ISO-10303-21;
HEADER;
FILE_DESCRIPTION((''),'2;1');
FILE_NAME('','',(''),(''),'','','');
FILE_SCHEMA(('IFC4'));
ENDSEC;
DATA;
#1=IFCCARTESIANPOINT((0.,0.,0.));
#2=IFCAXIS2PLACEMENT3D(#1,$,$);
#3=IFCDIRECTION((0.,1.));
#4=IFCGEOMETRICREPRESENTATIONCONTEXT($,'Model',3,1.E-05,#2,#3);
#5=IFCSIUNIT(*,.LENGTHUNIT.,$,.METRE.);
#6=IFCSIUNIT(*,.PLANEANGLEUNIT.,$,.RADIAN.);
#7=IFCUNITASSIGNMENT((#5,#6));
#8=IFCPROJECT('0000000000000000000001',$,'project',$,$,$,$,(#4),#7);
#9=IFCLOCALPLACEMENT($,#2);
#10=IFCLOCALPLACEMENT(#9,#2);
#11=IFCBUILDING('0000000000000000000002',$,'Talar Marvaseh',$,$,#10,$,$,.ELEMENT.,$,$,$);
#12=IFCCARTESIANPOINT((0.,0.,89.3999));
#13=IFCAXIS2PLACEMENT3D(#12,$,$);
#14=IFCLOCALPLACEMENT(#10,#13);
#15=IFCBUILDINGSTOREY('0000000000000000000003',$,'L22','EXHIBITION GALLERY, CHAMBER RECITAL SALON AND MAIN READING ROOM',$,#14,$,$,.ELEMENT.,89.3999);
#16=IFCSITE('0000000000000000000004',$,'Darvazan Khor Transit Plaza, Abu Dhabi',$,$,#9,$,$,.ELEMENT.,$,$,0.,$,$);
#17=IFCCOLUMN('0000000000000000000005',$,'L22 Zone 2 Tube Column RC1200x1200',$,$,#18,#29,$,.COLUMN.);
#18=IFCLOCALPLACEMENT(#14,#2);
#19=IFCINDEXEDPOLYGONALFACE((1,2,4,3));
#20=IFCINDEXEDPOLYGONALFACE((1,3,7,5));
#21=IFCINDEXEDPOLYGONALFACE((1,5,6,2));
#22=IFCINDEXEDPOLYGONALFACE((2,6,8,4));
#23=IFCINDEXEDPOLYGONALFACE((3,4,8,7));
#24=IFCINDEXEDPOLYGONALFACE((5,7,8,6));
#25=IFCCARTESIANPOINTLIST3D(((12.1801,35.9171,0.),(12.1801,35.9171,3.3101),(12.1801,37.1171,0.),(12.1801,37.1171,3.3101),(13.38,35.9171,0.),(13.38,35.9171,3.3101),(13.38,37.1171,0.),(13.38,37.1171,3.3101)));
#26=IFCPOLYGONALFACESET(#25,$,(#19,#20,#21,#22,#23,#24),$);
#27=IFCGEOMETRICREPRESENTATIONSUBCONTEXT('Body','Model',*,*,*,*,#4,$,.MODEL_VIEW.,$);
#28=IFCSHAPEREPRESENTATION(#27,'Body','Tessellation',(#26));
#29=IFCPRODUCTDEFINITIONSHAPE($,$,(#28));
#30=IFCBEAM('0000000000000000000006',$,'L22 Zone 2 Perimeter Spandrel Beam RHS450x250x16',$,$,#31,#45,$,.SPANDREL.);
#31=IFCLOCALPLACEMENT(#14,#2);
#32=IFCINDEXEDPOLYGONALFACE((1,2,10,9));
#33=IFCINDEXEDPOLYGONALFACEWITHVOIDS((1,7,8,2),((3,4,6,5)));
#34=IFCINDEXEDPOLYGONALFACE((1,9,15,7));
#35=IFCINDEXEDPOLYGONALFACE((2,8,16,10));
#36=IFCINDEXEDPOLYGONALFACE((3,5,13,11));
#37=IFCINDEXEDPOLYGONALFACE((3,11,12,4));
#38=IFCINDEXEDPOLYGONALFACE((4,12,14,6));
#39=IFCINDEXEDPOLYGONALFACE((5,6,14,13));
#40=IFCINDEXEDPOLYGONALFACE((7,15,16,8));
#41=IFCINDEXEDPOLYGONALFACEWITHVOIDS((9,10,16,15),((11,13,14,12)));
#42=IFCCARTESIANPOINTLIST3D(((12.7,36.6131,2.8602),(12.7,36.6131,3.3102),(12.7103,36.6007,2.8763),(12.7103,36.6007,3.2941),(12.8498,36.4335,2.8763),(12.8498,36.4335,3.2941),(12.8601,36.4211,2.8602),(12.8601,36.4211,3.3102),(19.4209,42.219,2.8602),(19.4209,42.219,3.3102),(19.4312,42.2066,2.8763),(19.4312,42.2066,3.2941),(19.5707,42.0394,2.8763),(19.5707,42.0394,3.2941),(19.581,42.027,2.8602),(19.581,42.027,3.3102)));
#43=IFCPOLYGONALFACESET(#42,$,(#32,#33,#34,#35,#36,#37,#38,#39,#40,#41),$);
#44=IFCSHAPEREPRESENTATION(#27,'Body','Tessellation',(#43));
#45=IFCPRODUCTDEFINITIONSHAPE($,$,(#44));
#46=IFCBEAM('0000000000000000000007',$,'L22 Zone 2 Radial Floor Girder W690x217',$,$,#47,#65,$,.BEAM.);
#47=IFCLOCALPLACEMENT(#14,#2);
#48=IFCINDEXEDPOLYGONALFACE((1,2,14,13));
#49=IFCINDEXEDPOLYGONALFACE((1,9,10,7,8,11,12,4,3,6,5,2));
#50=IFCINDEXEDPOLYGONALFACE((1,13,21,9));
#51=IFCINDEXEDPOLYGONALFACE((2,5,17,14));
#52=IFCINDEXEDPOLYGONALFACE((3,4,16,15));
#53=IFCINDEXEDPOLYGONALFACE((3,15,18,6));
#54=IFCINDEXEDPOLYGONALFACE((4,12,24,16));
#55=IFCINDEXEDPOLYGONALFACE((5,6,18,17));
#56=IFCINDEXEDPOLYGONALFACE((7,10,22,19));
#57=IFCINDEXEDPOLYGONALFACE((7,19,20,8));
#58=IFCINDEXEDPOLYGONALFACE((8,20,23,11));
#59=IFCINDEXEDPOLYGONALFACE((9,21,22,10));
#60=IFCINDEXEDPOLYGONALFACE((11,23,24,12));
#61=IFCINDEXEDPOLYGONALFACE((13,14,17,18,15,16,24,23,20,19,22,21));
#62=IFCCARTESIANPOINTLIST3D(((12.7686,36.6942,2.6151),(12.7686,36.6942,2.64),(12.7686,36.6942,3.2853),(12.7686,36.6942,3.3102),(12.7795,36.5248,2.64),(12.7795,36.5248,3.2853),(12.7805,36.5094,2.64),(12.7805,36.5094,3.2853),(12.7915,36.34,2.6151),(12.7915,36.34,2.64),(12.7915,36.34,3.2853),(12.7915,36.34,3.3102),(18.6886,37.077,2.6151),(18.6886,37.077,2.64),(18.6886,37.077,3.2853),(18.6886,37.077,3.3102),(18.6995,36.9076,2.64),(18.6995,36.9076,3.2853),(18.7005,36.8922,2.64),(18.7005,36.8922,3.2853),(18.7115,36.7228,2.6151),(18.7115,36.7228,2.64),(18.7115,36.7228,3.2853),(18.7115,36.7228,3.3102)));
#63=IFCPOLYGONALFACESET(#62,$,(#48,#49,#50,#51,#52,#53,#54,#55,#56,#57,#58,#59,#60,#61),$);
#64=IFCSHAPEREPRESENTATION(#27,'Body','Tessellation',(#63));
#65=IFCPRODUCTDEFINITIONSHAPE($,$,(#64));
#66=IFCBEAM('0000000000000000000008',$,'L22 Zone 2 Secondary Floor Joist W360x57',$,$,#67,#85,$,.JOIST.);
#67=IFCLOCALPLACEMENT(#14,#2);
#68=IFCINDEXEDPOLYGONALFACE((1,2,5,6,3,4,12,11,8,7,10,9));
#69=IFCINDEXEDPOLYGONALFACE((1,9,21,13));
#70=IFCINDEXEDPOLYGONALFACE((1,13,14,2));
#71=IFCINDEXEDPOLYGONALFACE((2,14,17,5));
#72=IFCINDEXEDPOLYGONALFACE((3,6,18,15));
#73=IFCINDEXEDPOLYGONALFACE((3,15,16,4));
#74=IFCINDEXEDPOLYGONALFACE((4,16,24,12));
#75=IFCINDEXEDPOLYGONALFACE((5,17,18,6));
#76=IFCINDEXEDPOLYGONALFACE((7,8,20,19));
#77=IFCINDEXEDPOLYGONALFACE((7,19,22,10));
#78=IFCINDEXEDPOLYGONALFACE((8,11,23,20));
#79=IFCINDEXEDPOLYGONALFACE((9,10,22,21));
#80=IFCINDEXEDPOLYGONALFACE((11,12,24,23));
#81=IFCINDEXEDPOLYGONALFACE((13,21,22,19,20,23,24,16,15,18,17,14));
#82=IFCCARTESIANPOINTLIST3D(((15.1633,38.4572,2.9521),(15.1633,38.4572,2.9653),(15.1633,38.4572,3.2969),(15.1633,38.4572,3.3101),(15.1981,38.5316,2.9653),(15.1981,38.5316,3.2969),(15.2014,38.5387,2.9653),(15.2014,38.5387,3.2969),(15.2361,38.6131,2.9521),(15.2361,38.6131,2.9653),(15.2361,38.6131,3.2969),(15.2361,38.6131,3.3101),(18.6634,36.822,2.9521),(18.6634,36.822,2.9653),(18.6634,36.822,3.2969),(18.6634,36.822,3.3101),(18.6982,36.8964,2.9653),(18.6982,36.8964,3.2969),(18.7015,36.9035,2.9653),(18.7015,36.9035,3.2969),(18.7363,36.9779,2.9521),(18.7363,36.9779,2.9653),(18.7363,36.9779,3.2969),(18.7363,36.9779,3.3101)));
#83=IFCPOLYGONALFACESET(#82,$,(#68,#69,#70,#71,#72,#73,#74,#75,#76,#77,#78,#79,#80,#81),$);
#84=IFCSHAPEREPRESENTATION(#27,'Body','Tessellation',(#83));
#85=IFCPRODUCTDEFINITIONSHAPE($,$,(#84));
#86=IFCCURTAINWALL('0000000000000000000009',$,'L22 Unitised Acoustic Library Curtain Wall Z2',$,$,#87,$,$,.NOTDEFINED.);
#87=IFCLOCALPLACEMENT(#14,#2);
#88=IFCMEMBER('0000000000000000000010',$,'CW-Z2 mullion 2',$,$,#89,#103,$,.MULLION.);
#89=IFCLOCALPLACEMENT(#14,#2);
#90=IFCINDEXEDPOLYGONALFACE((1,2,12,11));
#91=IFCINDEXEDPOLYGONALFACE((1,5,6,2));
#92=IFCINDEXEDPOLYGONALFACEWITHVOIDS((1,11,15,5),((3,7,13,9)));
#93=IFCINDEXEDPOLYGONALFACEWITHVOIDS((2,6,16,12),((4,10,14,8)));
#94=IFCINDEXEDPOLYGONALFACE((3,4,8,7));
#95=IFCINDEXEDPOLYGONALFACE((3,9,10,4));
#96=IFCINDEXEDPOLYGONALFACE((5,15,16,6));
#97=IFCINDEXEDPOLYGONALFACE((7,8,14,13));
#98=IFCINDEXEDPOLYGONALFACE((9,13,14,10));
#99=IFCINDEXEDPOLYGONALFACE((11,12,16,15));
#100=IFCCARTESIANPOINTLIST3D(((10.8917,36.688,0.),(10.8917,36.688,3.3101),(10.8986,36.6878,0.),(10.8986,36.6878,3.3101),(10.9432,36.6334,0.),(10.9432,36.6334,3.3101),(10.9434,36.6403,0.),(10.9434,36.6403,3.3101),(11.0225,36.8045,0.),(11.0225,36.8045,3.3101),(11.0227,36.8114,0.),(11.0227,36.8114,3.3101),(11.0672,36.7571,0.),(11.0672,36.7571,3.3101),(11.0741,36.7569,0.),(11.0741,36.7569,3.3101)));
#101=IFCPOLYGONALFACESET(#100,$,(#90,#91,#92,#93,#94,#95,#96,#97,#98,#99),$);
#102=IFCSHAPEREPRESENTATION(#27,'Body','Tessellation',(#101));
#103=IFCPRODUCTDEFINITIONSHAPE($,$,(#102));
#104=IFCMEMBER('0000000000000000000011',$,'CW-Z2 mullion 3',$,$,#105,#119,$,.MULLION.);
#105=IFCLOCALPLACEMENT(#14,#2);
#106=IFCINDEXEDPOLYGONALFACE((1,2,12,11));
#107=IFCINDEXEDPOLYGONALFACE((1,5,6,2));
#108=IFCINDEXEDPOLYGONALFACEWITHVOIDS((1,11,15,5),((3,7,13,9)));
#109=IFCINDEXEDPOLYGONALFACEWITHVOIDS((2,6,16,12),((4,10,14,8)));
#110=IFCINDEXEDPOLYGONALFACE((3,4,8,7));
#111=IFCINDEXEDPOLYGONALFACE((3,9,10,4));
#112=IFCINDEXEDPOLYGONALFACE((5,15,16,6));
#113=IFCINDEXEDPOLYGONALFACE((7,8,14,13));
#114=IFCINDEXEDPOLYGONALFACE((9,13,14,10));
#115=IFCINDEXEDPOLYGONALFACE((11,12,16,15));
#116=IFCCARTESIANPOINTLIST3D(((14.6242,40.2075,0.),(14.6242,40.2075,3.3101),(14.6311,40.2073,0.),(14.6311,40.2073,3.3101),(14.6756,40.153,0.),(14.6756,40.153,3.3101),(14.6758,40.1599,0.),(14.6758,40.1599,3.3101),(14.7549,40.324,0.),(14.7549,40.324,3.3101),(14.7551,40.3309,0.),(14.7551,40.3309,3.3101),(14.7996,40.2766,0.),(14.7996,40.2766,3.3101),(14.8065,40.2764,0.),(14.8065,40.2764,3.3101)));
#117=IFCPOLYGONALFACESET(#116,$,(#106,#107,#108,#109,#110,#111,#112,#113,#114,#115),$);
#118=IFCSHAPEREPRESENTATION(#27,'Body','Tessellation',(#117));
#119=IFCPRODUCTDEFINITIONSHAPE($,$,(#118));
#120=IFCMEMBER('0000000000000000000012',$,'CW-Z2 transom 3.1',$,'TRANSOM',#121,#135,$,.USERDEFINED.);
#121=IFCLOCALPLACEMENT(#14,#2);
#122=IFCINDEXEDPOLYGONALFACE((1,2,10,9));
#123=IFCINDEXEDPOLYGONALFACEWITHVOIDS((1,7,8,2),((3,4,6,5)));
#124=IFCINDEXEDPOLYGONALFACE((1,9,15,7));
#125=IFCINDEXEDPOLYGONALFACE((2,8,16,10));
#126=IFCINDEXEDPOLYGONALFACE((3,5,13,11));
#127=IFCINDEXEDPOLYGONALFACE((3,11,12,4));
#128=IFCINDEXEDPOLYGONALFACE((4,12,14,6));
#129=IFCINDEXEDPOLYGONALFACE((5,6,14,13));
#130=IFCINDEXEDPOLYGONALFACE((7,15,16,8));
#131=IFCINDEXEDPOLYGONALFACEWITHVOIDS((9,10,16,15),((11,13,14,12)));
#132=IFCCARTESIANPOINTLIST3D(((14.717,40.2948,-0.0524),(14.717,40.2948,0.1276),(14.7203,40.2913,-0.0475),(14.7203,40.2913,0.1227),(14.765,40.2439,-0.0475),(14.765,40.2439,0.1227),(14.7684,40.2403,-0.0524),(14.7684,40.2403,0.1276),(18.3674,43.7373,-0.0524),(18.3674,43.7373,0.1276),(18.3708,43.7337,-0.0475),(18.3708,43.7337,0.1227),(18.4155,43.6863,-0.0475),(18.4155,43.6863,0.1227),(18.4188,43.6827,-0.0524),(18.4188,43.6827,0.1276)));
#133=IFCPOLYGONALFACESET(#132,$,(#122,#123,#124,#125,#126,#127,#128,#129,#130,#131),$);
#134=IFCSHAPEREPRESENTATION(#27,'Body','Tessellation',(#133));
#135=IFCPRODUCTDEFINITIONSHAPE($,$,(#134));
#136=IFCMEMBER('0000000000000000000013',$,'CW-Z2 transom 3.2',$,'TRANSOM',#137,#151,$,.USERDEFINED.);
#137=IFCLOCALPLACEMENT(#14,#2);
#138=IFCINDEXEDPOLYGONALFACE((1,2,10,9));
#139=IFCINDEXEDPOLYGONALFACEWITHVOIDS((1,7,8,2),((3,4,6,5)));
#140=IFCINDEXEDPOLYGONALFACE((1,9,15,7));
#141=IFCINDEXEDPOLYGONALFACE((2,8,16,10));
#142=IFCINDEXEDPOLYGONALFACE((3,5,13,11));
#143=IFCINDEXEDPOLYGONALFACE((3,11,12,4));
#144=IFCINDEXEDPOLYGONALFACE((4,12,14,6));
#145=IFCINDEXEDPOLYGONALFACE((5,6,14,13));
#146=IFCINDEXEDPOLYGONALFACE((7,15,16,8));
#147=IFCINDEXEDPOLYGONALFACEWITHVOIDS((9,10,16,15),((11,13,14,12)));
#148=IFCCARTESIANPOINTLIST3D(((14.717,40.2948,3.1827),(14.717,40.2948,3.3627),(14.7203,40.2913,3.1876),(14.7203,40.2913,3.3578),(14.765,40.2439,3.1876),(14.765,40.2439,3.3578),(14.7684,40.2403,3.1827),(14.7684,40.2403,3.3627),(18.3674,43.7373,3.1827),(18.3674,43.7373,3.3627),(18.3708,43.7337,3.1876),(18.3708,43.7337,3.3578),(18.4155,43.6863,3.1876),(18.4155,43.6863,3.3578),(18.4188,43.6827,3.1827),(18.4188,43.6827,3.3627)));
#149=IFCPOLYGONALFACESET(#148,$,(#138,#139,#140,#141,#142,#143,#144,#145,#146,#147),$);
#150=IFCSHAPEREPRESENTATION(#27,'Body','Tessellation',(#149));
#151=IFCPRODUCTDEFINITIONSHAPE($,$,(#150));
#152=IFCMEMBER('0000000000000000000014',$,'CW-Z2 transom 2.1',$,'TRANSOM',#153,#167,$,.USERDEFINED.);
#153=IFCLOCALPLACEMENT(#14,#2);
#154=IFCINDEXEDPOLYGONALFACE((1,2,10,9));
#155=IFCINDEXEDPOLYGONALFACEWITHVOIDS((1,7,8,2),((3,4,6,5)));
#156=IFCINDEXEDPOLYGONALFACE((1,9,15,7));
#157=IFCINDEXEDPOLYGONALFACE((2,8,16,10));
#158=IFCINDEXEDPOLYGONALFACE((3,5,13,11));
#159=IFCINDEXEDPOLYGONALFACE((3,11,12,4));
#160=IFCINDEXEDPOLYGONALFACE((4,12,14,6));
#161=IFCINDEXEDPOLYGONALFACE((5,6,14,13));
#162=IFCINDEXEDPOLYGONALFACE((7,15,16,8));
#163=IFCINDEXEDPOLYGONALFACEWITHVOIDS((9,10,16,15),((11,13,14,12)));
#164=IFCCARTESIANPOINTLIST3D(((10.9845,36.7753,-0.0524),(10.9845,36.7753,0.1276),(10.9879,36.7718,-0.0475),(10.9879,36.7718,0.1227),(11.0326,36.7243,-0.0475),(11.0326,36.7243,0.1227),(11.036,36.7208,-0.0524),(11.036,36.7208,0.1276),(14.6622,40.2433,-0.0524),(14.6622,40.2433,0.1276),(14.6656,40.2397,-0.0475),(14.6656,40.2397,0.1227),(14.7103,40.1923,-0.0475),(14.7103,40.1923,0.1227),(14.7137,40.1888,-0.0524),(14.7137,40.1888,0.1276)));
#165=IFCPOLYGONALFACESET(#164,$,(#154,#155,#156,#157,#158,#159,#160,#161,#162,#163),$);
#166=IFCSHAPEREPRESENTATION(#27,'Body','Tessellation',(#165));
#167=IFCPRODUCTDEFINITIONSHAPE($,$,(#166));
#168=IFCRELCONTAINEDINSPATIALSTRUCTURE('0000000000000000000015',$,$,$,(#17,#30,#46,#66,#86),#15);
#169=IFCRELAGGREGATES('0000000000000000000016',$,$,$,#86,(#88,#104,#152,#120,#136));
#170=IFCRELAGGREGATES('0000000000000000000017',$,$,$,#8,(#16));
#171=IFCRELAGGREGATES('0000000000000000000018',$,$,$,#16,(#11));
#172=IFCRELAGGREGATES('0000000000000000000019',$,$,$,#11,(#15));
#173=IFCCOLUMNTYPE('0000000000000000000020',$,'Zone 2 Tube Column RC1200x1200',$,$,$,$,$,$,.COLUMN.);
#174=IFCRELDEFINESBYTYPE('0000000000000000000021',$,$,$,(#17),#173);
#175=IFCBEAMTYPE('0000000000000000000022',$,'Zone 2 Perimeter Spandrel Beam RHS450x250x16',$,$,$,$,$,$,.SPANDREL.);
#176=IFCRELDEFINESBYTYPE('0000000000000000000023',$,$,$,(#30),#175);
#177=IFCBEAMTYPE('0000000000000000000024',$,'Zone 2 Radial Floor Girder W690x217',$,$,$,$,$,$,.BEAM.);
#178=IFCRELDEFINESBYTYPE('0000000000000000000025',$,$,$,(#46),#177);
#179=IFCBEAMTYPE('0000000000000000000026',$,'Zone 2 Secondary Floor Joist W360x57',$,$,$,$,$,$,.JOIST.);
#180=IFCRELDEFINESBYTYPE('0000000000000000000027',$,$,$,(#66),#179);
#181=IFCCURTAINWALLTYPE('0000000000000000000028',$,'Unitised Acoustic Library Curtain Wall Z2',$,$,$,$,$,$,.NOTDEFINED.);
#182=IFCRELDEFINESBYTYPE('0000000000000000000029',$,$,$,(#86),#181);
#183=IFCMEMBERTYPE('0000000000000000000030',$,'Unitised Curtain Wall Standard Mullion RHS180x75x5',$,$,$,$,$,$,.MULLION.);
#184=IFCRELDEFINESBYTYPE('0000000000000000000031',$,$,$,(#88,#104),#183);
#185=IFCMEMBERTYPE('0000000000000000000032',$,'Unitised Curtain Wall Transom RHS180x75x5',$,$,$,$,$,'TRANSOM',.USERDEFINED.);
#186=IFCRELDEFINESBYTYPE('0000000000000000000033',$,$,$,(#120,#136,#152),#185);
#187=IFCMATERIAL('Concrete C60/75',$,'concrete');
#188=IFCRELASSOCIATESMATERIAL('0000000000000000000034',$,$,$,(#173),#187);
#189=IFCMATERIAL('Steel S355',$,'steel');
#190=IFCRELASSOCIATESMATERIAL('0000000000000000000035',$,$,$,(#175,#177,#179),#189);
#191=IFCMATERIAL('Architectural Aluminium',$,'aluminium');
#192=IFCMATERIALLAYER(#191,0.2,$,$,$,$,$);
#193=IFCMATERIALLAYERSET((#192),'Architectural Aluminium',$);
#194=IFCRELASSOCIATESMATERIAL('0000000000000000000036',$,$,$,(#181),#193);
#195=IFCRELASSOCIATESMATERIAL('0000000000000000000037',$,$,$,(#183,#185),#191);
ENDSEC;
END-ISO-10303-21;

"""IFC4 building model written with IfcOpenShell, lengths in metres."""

from ifc_helpers import new_model, si_unit, direction, frame, origin, origin_2d, place, context, subcontext, project, spatial, rectangle, hollow_rectangle, i_section, extrude, source, transform, mapped, material, layer, layer_set, material_profile, profile_set, type_object, type_shapes, element, aggregate, save


model = new_model("IFC4")

# Units and contexts
model_context = context("Model", 3, precision=1e-05, world=origin(), true_north=direction((0.0, 1.0)))
body_context = subcontext(model_context, "Body", "Model", "MODEL_VIEW")
ifc_project = project(units=[si_unit("LENGTHUNIT", "METRE"), si_unit("PLANEANGLEUNIT", "RADIAN")], contexts=[model_context])

# Site, building, storey
site_placement = place(None, origin())
site = spatial("IfcSite", under=ifc_project, at=site_placement, Name="Darvazan Khor Transit Plaza, Abu Dhabi", CompositionType="ELEMENT", RefElevation=0.0)
building_placement = place(site_placement, origin())
building = spatial("IfcBuilding", under=site, at=building_placement, Name="Talar Marvaseh", CompositionType="ELEMENT")
storey_placement = place(building_placement, frame((0.0, 0.0, 89.3999)))
storey = spatial("IfcBuildingStorey", under=building, at=storey_placement, Name="L22", Description="EXHIBITION GALLERY, CHAMBER RECITAL SALON AND MAIN READING ROOM", CompositionType="ELEMENT", Elevation=89.3999)

# Column
ifc_material_1 = material(Name="Concrete C60/75", Category="concrete")
ifc_material_profile_1 = material_profile(ifc_material_1, rectangle(XDim=1.2, YDim=1.2, at=origin_2d()), Name="RC1200x1200")
ifc_profile_set_1 = profile_set([ifc_material_profile_1], Name="Concrete C60/75")
column_type = type_object("IfcColumnType", Name="Zone 2 Tube Column RC1200x1200", PredefinedType="COLUMN", material=ifc_profile_set_1)
column_placement = place(storey_placement, frame((12.78, 36.5171, 0.0), z_axis=(0.0, 0.0, 1.0), x_axis=(1.0, 0.0, 0.0)))
element("IfcColumn", 1, at=column_placement, inside=storey, type_object=column_type, Name="L22 Zone 2 Tube Column RC1200x1200", PredefinedType="COLUMN", context=body_context, shape_type="SweptSolid", body=[
    extrude(rectangle(XDim=1.2, YDim=1.2, at=origin_2d()), origin(), (0.0, 0.0, 1.0), 3.3101),
])

# Beams
ifc_material_2 = material(Name="Steel S355", Category="steel")
ifc_material_profile_2 = material_profile(ifc_material_2, hollow_rectangle(XDim=0.25, YDim=0.45, WallThickness=0.0161, at=origin_2d()), Name="RHS450x250x16")
ifc_profile_set_2 = profile_set([ifc_material_profile_2], Name="Steel S355")
beam_type_1 = type_object("IfcBeamType", Name="Zone 2 Perimeter Spandrel Beam RHS450x250x16", PredefinedType="SPANDREL", material=ifc_profile_set_2)
beam_1_placement = place(storey_placement, frame((12.78, 36.5171, 3.0852), z_axis=(0.767931, 0.640533, 0.0), x_axis=(-0.640533, 0.767931, 0.0)))
element("IfcBeam", 2, at=beam_1_placement, inside=storey, type_object=beam_type_1, Name="L22 Zone 2 Perimeter Spandrel Beam RHS450x250x16", PredefinedType="SPANDREL", context=body_context, shape_type="SweptSolid", body=[
    extrude(hollow_rectangle(XDim=0.25, YDim=0.45, WallThickness=0.0161, at=origin_2d()), origin(), (0.0, 0.0, 1.0), 8.752),
])
ifc_material_profile_3 = material_profile(ifc_material_2, i_section(OverallWidth=0.355, OverallDepth=0.6951, WebThickness=0.0154, FlangeThickness=0.0249, at=origin_2d()), Name="W690x217")
ifc_profile_set_3 = profile_set([ifc_material_profile_3], Name="Steel S355")
beam_type_2 = type_object("IfcBeamType", Name="Zone 2 Radial Floor Girder W690x217", PredefinedType="BEAM", material=ifc_profile_set_3)
beam_2_placement = place(storey_placement, frame((12.78, 36.5171, 2.9626), z_axis=(0.997916, 0.06453, 0.0), x_axis=(-0.06453, 0.997916, 0.0)))
element("IfcBeam", 3, at=beam_2_placement, inside=storey, type_object=beam_type_2, Name="L22 Zone 2 Radial Floor Girder W690x217", PredefinedType="BEAM", context=body_context, shape_type="SweptSolid", body=[
    extrude(i_section(OverallWidth=0.355, OverallDepth=0.6951, WebThickness=0.0154, FlangeThickness=0.0249, at=origin_2d()), origin(), (0.0, 0.0, 1.0), 5.9324),
])
ifc_material_profile_4 = material_profile(ifc_material_2, i_section(OverallWidth=0.1721, OverallDepth=0.3579, WebThickness=0.0078, FlangeThickness=0.0132, at=origin_2d()), Name="W360x57")
ifc_profile_set_4 = profile_set([ifc_material_profile_4], Name="Steel S355")
beam_type_3 = type_object("IfcBeamType", Name="Zone 2 Secondary Floor Joist W360x57", PredefinedType="JOIST", material=ifc_profile_set_4)
beam_3_placement = place(storey_placement, frame((15.1997, 38.5352, 3.1311), z_axis=(0.906004, -0.423269, 0.0), x_axis=(0.423269, 0.906004, 0.0)))
element("IfcBeam", 4, at=beam_3_placement, inside=storey, type_object=beam_type_3, Name="L22 Zone 2 Secondary Floor Joist W360x57", PredefinedType="JOIST", context=body_context, shape_type="SweptSolid", body=[
    extrude(i_section(OverallWidth=0.1721, OverallDepth=0.3579, WebThickness=0.0078, FlangeThickness=0.0132, at=origin_2d()), origin(), (0.0, 0.0, 1.0), 3.8633),
])

# Curtain wall, members
ifc_material_3 = material(Name="Architectural Aluminium", Category="aluminium")
ifc_layer_1 = layer(ifc_material_3, 0.2)
ifc_layer_set_1 = layer_set([ifc_layer_1], Name="Architectural Aluminium")
curtain_wall_type = type_object("IfcCurtainWallType", Name="Unitised Acoustic Library Curtain Wall Z2", PredefinedType="NOTDEFINED", material=ifc_layer_set_1)
curtain_wall_placement = place(storey_placement, origin())
curtain_wall = element("IfcCurtainWall", 5, at=curtain_wall_placement, inside=storey, type_object=curtain_wall_type, Name="L22 Unitised Acoustic Library Curtain Wall Z2", PredefinedType="NOTDEFINED")
ifc_material_profile_5 = material_profile(ifc_material_3, hollow_rectangle(XDim=0.075, YDim=0.1799, WallThickness=0.0049, at=origin_2d()), Name="RHS180x75x5")
ifc_profile_set_5 = profile_set([ifc_material_profile_5], Name="Architectural Aluminium")
member_type_1 = type_object("IfcMemberType", Name="Unitised Curtain Wall Standard Mullion RHS180x75x5", PredefinedType="MULLION", material=ifc_profile_set_5)
shared_shape_1 = source(origin(), body_context, "Body", "SweptSolid", [
    extrude(hollow_rectangle(XDim=0.075, YDim=0.1799, WallThickness=0.0049, at=origin_2d()), origin(), (0.0, 0.0, 1.0), 3.3101),
])
type_shapes(member_type_1, [shared_shape_1])
member_1_placement = place(storey_placement, frame((10.9829, 36.7224, 0.0), z_axis=(0.0, 0.0, 1.0), x_axis=(-0.686045, 0.727559, 0.0)))
member_1 = element("IfcMember", 6, at=member_1_placement, type_object=member_type_1, Name="CW-Z2 mullion 2", PredefinedType="MULLION", context=body_context, shape_type="MappedRepresentation", body=[
    mapped(shared_shape_1, transform((0.0, 0.0, 0.0), x_axis=(1.0, 0.0, 0.0), y_axis=(0.0, 1.0, 0.0), z_axis=(0.0, 0.0, 1.0), scale=1.0)),
])
member_2_placement = place(storey_placement, frame((14.7153, 40.2419, 0.0), z_axis=(0.0, 0.0, 1.0), x_axis=(-0.686045, 0.727559, 0.0)))
member_2 = element("IfcMember", 7, at=member_2_placement, type_object=member_type_1, Name="CW-Z2 mullion 3", PredefinedType="MULLION", context=body_context, shape_type="MappedRepresentation", body=[
    mapped(shared_shape_1, transform((0.0, 0.0, 0.0), x_axis=(1.0, 0.0, 0.0), y_axis=(0.0, 1.0, 0.0), z_axis=(0.0, 0.0, 1.0), scale=1.0)),
])
ifc_material_profile_6 = material_profile(ifc_material_3, hollow_rectangle(XDim=0.075, YDim=0.1799, WallThickness=0.0049, at=origin_2d()), Name="RHS180x75x5")
ifc_profile_set_6 = profile_set([ifc_material_profile_6], Name="Architectural Aluminium")
member_type_2 = type_object("IfcMemberType", Name="Unitised Curtain Wall Transom RHS180x75x5", ElementType="TRANSOM", PredefinedType="USERDEFINED", material=ifc_profile_set_6)
shared_shape_2 = source(origin(), body_context, "Body", "SweptSolid", [
    extrude(hollow_rectangle(XDim=0.075, YDim=0.1799, WallThickness=0.0049, at=origin_2d()), origin(), (0.0, 0.0, 1.0), 5.0176),
])
member_3_placement = place(storey_placement, frame((14.7427, 40.2676, 0.0376), z_axis=(0.727531, 0.686075, 0.0), x_axis=(-0.686075, 0.727531, 0.0)))
member_3 = element("IfcMember", 8, at=member_3_placement, type_object=member_type_2, Name="CW-Z2 transom 3.1", ObjectType="TRANSOM", PredefinedType="USERDEFINED", context=body_context, shape_type="MappedRepresentation", body=[
    mapped(shared_shape_2, transform((0.0, 0.0, 0.0), x_axis=(1.0, 0.0, 0.0), y_axis=(0.0, 1.0, 0.0), z_axis=(0.0, 0.0, 1.0), scale=1.0)),
])
member_4_placement = place(storey_placement, frame((14.7427, 40.2676, 3.2727), z_axis=(0.727531, 0.686075, 0.0), x_axis=(-0.686075, 0.727531, 0.0)))
member_4 = element("IfcMember", 9, at=member_4_placement, type_object=member_type_2, Name="CW-Z2 transom 3.2", ObjectType="TRANSOM", PredefinedType="USERDEFINED", context=body_context, shape_type="MappedRepresentation", body=[
    mapped(shared_shape_2, transform((0.0, 0.0, 0.0), x_axis=(1.0, 0.0, 0.0), y_axis=(0.0, 1.0, 0.0), z_axis=(0.0, 0.0, 1.0), scale=1.0)),
])
shared_shape_3 = source(origin(), body_context, "Body", "SweptSolid", [
    extrude(hollow_rectangle(XDim=0.075, YDim=0.1799, WallThickness=0.0049, at=origin_2d()), origin(), (0.0, 0.0, 1.0), 5.0549),
])
type_shapes(member_type_2, [shared_shape_2, shared_shape_3])
member_5_placement = place(storey_placement, frame((11.0103, 36.748, 0.0376), z_axis=(0.727546, 0.686059, 0.0), x_axis=(-0.686059, 0.727546, 0.0)))
member_5 = element("IfcMember", 10, at=member_5_placement, type_object=member_type_2, Name="CW-Z2 transom 2.1", ObjectType="TRANSOM", PredefinedType="USERDEFINED", context=body_context, shape_type="MappedRepresentation", body=[
    mapped(shared_shape_3, transform((0.0, 0.0, 0.0), x_axis=(1.0, 0.0, 0.0), y_axis=(0.0, 1.0, 0.0), z_axis=(0.0, 0.0, 1.0), scale=1.0)),
])
aggregate(curtain_wall, [member_1, member_2, member_5, member_3, member_4])

save(model, "model.ifc")
